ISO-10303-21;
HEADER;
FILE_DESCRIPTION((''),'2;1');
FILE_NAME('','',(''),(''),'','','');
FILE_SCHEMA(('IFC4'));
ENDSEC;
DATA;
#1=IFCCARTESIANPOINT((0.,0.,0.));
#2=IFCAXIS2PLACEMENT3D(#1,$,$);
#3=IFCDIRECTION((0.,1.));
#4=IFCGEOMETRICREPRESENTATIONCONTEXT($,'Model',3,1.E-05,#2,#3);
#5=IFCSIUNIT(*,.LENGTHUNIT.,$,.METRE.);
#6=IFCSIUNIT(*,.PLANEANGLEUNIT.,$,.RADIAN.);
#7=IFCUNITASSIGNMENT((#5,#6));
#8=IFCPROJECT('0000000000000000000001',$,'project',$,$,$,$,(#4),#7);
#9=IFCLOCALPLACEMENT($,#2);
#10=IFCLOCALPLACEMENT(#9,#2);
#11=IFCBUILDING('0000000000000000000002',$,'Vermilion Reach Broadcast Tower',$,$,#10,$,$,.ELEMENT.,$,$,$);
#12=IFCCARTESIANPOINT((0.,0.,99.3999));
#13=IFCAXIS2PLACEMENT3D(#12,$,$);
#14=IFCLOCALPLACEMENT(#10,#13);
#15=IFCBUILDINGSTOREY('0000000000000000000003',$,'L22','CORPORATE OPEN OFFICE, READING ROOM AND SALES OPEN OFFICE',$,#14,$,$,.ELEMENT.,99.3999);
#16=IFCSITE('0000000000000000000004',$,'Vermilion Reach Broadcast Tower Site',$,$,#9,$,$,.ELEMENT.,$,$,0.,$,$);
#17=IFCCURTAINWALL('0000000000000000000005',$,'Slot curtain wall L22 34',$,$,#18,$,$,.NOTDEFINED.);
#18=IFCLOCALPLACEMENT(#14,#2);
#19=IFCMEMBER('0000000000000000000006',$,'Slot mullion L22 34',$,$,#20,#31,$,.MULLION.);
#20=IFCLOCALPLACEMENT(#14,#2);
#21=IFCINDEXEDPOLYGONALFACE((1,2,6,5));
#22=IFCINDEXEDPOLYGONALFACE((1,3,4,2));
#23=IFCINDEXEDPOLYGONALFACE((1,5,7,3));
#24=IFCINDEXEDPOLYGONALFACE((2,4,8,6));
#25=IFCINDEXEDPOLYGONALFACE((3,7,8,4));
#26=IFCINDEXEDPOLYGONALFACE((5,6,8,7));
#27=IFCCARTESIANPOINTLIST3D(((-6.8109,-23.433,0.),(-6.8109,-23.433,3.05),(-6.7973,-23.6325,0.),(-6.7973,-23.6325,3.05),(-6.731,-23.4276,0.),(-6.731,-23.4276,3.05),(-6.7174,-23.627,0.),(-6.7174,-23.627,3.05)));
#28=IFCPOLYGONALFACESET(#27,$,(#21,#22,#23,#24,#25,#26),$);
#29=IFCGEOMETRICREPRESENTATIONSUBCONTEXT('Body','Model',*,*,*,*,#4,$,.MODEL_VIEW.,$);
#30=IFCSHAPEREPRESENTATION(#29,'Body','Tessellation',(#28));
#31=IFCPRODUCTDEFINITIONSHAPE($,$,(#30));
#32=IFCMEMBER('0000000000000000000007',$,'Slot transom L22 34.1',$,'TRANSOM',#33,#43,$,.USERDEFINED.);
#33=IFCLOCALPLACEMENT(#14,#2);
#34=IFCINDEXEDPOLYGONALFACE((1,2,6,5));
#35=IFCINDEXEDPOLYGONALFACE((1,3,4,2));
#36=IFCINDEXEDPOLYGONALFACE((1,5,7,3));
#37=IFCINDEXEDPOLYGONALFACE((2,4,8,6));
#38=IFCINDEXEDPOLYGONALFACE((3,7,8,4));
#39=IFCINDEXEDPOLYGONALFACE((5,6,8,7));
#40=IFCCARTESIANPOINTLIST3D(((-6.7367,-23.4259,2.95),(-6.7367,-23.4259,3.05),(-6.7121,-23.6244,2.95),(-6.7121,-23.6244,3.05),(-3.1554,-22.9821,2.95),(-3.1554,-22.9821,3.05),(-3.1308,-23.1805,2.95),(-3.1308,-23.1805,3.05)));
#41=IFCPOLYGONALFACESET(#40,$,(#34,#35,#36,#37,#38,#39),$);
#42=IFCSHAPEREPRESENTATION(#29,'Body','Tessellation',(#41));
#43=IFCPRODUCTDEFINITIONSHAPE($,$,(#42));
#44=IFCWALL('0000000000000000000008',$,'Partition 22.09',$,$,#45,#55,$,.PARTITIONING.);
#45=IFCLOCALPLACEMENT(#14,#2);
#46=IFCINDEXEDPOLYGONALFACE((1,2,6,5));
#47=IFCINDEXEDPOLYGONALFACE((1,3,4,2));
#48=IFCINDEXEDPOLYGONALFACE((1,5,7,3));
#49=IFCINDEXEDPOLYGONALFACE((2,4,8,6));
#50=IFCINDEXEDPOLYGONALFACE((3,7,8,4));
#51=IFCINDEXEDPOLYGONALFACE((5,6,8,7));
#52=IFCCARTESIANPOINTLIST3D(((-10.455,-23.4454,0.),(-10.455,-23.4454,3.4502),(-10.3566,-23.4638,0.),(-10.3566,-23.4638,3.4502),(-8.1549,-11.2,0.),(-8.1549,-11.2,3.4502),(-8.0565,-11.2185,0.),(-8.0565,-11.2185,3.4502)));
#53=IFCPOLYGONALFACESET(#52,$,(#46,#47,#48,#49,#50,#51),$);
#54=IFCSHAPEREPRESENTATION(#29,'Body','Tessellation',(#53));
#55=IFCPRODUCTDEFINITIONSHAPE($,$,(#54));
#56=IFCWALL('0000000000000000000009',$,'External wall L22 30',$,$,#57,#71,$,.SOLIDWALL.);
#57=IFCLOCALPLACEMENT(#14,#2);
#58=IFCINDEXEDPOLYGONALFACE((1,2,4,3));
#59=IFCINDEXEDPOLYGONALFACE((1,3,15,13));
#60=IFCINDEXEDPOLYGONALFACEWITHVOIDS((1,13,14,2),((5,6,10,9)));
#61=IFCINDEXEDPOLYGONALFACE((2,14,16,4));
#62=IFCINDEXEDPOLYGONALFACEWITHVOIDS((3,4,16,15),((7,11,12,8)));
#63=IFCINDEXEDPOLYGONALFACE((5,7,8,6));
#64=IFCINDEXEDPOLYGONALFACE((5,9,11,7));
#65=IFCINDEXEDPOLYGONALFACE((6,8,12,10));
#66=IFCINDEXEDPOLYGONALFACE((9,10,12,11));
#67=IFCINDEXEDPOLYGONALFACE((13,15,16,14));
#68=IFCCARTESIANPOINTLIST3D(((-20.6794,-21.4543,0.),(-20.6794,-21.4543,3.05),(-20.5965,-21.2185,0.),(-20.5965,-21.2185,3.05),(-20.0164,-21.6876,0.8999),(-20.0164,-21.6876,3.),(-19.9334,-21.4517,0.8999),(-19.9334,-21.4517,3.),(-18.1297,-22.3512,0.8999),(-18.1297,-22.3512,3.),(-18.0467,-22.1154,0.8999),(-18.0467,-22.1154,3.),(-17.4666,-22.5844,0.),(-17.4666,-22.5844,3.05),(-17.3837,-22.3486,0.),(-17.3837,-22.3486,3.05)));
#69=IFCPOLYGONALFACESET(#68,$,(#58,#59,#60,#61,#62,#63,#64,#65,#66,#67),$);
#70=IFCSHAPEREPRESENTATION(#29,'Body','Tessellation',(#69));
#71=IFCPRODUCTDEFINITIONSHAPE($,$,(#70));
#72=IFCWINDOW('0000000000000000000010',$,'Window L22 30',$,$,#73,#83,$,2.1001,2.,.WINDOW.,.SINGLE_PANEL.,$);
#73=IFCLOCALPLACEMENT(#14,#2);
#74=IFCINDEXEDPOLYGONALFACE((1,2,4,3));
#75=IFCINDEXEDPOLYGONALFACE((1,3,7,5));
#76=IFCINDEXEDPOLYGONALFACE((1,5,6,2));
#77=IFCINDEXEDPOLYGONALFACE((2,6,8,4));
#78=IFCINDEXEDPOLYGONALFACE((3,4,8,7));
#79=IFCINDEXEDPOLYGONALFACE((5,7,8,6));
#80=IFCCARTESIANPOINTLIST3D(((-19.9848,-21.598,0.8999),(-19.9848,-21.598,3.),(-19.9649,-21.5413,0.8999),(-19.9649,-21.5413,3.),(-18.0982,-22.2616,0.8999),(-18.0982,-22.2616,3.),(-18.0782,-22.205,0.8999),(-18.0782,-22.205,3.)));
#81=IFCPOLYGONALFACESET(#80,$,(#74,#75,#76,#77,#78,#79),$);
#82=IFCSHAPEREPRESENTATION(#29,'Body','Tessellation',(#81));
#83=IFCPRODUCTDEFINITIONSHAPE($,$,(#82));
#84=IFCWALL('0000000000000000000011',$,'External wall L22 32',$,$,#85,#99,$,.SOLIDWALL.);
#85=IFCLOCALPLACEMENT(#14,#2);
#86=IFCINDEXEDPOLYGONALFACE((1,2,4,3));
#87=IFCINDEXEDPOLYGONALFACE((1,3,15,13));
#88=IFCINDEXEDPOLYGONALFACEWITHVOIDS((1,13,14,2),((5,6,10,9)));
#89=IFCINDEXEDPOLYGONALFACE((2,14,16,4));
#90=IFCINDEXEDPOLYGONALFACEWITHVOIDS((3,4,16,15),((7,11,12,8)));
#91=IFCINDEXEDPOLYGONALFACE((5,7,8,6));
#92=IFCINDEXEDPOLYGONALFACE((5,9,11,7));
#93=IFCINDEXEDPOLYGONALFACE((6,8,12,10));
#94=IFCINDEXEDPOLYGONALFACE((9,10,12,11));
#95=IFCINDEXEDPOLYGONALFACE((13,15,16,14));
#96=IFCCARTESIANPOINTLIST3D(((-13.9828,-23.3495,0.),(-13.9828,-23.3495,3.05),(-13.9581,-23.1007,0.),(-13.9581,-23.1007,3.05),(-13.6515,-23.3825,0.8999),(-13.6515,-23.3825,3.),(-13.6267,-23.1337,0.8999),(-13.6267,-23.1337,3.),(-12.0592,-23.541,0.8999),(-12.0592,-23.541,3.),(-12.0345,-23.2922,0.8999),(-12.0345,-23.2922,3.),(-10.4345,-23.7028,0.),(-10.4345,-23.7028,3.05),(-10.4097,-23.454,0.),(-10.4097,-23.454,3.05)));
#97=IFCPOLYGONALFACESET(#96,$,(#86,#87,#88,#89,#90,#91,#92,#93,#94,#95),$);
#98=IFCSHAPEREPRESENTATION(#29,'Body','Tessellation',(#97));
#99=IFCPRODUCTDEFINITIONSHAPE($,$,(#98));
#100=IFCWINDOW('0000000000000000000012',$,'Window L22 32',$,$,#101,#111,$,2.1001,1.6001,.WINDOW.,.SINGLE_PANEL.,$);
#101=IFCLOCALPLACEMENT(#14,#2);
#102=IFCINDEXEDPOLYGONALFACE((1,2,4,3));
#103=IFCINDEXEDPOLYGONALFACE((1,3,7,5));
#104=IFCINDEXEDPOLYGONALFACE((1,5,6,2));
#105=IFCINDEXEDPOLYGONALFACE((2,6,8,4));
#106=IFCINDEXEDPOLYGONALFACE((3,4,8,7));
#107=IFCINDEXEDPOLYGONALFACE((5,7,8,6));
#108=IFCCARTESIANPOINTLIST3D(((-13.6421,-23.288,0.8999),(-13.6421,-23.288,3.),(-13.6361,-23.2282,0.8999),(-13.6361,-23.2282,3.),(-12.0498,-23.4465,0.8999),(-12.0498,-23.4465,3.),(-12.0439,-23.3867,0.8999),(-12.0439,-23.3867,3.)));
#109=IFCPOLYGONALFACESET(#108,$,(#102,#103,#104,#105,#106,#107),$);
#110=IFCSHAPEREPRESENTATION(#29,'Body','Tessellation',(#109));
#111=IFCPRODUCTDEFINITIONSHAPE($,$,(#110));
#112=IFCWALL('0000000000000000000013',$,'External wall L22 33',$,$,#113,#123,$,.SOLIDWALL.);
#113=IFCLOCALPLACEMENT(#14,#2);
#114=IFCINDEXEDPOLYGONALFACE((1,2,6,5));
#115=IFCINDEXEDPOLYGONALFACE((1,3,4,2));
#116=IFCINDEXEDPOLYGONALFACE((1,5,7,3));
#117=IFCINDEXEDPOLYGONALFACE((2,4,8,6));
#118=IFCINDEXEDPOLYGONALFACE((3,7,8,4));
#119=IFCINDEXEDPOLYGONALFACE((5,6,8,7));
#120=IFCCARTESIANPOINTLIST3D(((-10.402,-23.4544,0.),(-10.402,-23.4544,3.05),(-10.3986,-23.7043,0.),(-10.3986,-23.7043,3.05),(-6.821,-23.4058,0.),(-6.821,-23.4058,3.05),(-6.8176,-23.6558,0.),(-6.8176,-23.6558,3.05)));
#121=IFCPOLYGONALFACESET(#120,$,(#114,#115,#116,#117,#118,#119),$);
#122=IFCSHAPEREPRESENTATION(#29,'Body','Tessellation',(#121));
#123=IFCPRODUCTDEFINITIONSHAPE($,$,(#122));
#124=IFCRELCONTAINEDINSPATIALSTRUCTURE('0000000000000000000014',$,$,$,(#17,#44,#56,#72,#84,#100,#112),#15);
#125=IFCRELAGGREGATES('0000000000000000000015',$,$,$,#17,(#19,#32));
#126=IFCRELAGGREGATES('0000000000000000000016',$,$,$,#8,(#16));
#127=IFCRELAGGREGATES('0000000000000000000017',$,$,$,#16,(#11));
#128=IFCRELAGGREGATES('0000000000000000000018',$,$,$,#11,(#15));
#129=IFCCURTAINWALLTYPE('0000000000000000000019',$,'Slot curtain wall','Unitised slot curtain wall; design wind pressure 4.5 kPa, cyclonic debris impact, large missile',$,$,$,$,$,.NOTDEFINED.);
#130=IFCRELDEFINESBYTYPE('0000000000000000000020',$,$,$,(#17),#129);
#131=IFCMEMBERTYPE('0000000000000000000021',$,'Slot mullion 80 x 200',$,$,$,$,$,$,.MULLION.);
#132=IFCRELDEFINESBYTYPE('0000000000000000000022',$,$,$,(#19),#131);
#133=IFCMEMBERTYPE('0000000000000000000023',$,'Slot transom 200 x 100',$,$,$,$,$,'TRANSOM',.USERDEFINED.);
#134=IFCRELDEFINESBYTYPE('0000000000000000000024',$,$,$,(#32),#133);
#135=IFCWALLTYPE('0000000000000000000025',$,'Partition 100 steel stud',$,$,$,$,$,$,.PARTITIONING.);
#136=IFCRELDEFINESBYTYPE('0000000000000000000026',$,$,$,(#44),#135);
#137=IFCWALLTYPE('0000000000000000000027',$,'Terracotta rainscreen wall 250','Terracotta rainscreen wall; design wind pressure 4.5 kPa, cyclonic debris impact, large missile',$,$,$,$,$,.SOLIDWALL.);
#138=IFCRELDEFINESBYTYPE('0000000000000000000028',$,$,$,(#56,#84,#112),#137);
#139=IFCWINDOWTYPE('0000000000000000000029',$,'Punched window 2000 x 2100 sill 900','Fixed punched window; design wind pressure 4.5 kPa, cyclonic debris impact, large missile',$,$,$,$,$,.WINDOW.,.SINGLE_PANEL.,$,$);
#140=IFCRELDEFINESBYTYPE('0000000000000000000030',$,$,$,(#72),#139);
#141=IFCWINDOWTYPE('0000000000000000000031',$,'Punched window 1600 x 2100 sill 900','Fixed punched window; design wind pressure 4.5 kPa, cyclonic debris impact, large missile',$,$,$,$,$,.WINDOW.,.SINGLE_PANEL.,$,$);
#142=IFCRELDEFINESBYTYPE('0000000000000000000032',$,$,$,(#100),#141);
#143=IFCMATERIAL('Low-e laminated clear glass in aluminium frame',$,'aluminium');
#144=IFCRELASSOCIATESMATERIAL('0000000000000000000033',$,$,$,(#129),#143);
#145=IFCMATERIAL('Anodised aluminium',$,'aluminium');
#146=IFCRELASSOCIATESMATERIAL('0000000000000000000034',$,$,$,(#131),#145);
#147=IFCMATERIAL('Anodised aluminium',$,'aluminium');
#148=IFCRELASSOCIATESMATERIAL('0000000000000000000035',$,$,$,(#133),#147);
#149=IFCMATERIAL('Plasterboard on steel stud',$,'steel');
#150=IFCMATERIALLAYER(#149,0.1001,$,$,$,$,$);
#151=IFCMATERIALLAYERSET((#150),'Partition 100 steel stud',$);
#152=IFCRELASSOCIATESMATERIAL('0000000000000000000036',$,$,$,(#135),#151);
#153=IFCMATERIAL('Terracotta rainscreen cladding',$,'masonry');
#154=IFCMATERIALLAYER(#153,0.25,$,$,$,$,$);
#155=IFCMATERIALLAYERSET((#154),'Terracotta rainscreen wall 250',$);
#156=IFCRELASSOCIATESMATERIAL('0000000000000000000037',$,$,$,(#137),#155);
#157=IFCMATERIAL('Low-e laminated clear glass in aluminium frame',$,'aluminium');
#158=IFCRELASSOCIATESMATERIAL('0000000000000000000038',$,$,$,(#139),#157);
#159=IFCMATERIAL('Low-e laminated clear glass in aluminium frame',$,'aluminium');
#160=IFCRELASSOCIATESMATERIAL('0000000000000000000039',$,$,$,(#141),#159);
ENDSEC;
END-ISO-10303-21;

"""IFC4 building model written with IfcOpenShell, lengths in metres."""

from ifc_helpers import new_model, si_unit, direction, frame, frame_2d, origin, origin_2d, place, context, subcontext, project, spatial, rectangle, extrude, material, layer, layer_set, material_profile, profile_set, type_object, element, fill, aggregate, save


model = new_model("IFC4")

# Units and contexts
model_context = context("Model", 3, precision=1e-05, world=origin(), true_north=direction((0.0, 1.0)))
body_context = subcontext(model_context, "Body", "Model", "MODEL_VIEW")
ifc_project = project(units=[si_unit("LENGTHUNIT", "METRE"), si_unit("PLANEANGLEUNIT", "RADIAN")], contexts=[model_context])

# Site, building, storey
site_placement = place(None, origin())
site = spatial("IfcSite", under=ifc_project, at=site_placement, Name="Vermilion Reach Broadcast Tower Site", CompositionType="ELEMENT", RefElevation=0.0)
building_placement = place(site_placement, origin())
building = spatial("IfcBuilding", under=site, at=building_placement, Name="Vermilion Reach Broadcast Tower", CompositionType="ELEMENT")
storey_placement = place(building_placement, frame((0.0, 0.0, 99.3999)))
storey = spatial("IfcBuildingStorey", under=building, at=storey_placement, Name="L22", Description="CORPORATE OPEN OFFICE, READING ROOM AND SALES OPEN OFFICE", CompositionType="ELEMENT", Elevation=99.3999)

# Curtain wall, members
ifc_material_1 = material(Name="Low-e laminated clear glass in aluminium frame", Category="aluminium")
curtain_wall_type = type_object("IfcCurtainWallType", Name="Slot curtain wall", Description="Unitised slot curtain wall; design wind pressure 4.5 kPa, cyclonic debris impact, large missile", PredefinedType="NOTDEFINED", material=ifc_material_1)
curtain_wall_placement = place(storey_placement, origin())
curtain_wall = element("IfcCurtainWall", 1, at=curtain_wall_placement, inside=storey, type_object=curtain_wall_type, Name="Slot curtain wall L22 34", PredefinedType="NOTDEFINED")
ifc_material_2 = material(Name="Anodised aluminium", Category="aluminium")
ifc_material_profile_1 = material_profile(ifc_material_2, rectangle(XDim=0.2, YDim=0.0801, at=origin_2d()), Name="Slot mullion 80 x 200")
ifc_profile_set_1 = profile_set([ifc_material_profile_1], Name="Anodised aluminium")
member_type_1 = type_object("IfcMemberType", Name="Slot mullion 80 x 200", PredefinedType="MULLION", material=ifc_profile_set_1)
member_1_placement = place(storey_placement, frame((-6.7642, -23.53, 0.0), z_axis=(0.0, 0.0, 1.0), x_axis=(-0.068346, 0.997662, 0.0)))
member_1 = element("IfcMember", 2, at=member_1_placement, type_object=member_type_1, Name="Slot mullion L22 34", PredefinedType="MULLION", context=body_context, shape_type="SweptSolid", body=[
    extrude(rectangle(XDim=0.2, YDim=0.0801, at=origin_2d()), origin(), (0.0, 0.0, 1.0), 3.05),
])
ifc_material_3 = material(Name="Anodised aluminium", Category="aluminium")
ifc_material_profile_2 = material_profile(ifc_material_3, rectangle(XDim=0.2, YDim=0.1001, at=origin_2d()), Name="Slot transom 200 x 100")
ifc_profile_set_2 = profile_set([ifc_material_profile_2], Name="Anodised aluminium")
member_type_2 = type_object("IfcMemberType", Name="Slot transom 200 x 100", ElementType="TRANSOM", PredefinedType="USERDEFINED", material=ifc_profile_set_2)
member_2_placement = place(storey_placement, frame((-6.7244, -23.5251, 3.0), z_axis=(0.992407, 0.122994, 0.0), x_axis=(-0.122994, 0.992407, 0.0)))
member_2 = element("IfcMember", 3, at=member_2_placement, type_object=member_type_2, Name="Slot transom L22 34.1", ObjectType="TRANSOM", PredefinedType="USERDEFINED", context=body_context, shape_type="SweptSolid", body=[
    extrude(rectangle(XDim=0.2, YDim=0.1001, at=origin_2d()), origin(), (0.0, 0.0, 1.0), 3.6086),
])
aggregate(curtain_wall, [member_1, member_2])

# Wall
ifc_material_4 = material(Name="Plasterboard on steel stud", Category="steel")
ifc_layer_1 = layer(ifc_material_4, 0.1001)
ifc_layer_set_1 = layer_set([ifc_layer_1], Name="Partition 100 steel stud")
wall_type_1 = type_object("IfcWallType", Name="Partition 100 steel stud", PredefinedType="PARTITIONING", material=ifc_layer_set_1)
wall_1_placement = place(storey_placement, frame((-10.4058, -23.4546, 0.0), z_axis=(0.0, 0.0, 1.0), x_axis=(0.184602, 0.982813, 0.0)))
element("IfcWall", 4, at=wall_1_placement, inside=storey, type_object=wall_type_1, Name="Partition 22.09", PredefinedType="PARTITIONING", context=body_context, shape_type="SweptSolid", body=[
    extrude(rectangle(XDim=12.4595, YDim=0.1001, at=frame_2d((6.2297, 0.0))), origin(), (0.0, 0.0, 1.0), 3.4502),
])

# Wall, opening, window
ifc_material_5 = material(Name="Terracotta rainscreen cladding", Category="masonry")
ifc_layer_2 = layer(ifc_material_5, 0.25)
ifc_layer_set_2 = layer_set([ifc_layer_2], Name="Terracotta rainscreen wall 250")
wall_type_2 = type_object("IfcWallType", Name="Terracotta rainscreen wall 250", Description="Terracotta rainscreen wall; design wind pressure 4.5 kPa, cyclonic debris impact, large missile", PredefinedType="SOLIDWALL", material=ifc_layer_set_2)
wall_2_placement = place(storey_placement, frame((-20.6379, -21.3364, 0.0), z_axis=(0.0, 0.0, 1.0), x_axis=(0.943343, -0.331819, 0.0)))
wall_2 = element("IfcWall", 5, at=wall_2_placement, inside=storey, type_object=wall_type_2, Name="External wall L22 30", PredefinedType="SOLIDWALL", context=body_context, shape_type="SweptSolid", body=[
    extrude(rectangle(XDim=3.4058, YDim=0.25, at=frame_2d((1.7029, 0.0))), origin(), (0.0, 0.0, 1.0), 3.05),
])
opening_1_placement = place(wall_2_placement, frame((0.7029, 0.0, 0.8999)))
opening_1 = element("IfcOpeningElement", 6, at=opening_1_placement, cuts=wall_2, PredefinedType="OPENING", context=body_context, shape_type="SweptSolid", body=[
    extrude(rectangle(XDim=2.0, YDim=2.1001, at=frame_2d((1.0, 1.05))), frame((0.0, 0.135, 0.0), z_axis=(0.0, -1.0, 0.0), x_axis=(1.0, 0.0, 0.0)), (0.0, 0.0, 1.0), 0.27),
])
ifc_material_6 = material(Name="Low-e laminated clear glass in aluminium frame", Category="aluminium")
window_type_1 = type_object("IfcWindowType", Name="Punched window 2000 x 2100 sill 900", Description="Fixed punched window; design wind pressure 4.5 kPa, cyclonic debris impact, large missile", PartitioningType="SINGLE_PANEL", PredefinedType="WINDOW", material=ifc_material_6)
window_1_placement = place(opening_1_placement, origin())
window_1 = element("IfcWindow", 7, at=window_1_placement, inside=storey, type_object=window_type_1, Name="Window L22 30", OverallHeight=2.1001, OverallWidth=2.0, PartitioningType="SINGLE_PANEL", PredefinedType="WINDOW", context=body_context, shape_type="SweptSolid", body=[
    extrude(rectangle(XDim=2.0, YDim=2.1001, at=frame_2d((1.0, 1.05))), frame((0.0, 0.03, 0.0), z_axis=(0.0, -1.0, 0.0), x_axis=(1.0, 0.0, 0.0)), (0.0, 0.0, 1.0), 0.0601),
])
fill(opening_1, window_1)

# Wall, opening, window
wall_3_placement = place(storey_placement, frame((-13.9705, -23.2251, 0.0), z_axis=(0.0, 0.0, 1.0), x_axis=(0.99508, -0.09907, 0.0)))
wall_3 = element("IfcWall", 8, at=wall_3_placement, inside=storey, type_object=wall_type_2, Name="External wall L22 32", PredefinedType="SOLIDWALL", context=body_context, shape_type="SweptSolid", body=[
    extrude(rectangle(XDim=3.5659, YDim=0.25, at=frame_2d((1.783, 0.0))), origin(), (0.0, 0.0, 1.0), 3.05),
])
opening_2_placement = place(wall_3_placement, frame((0.333, 0.0, 0.8999)))
opening_2 = element("IfcOpeningElement", 9, at=opening_2_placement, cuts=wall_3, PredefinedType="OPENING", context=body_context, shape_type="SweptSolid", body=[
    extrude(rectangle(XDim=1.6001, YDim=2.1001, at=frame_2d((0.8, 1.05))), frame((0.0, 0.135, 0.0), z_axis=(0.0, -1.0, 0.0), x_axis=(1.0, 0.0, 0.0)), (0.0, 0.0, 1.0), 0.27),
])
ifc_material_7 = material(Name="Low-e laminated clear glass in aluminium frame", Category="aluminium")
window_type_2 = type_object("IfcWindowType", Name="Punched window 1600 x 2100 sill 900", Description="Fixed punched window; design wind pressure 4.5 kPa, cyclonic debris impact, large missile", PartitioningType="SINGLE_PANEL", PredefinedType="WINDOW", material=ifc_material_7)
window_2_placement = place(opening_2_placement, origin())
window_2 = element("IfcWindow", 10, at=window_2_placement, inside=storey, type_object=window_type_2, Name="Window L22 32", OverallHeight=2.1001, OverallWidth=1.6001, PartitioningType="SINGLE_PANEL", PredefinedType="WINDOW", context=body_context, shape_type="SweptSolid", body=[
    extrude(rectangle(XDim=1.6001, YDim=2.1001, at=frame_2d((0.8, 1.05))), frame((0.0, 0.03, 0.0), z_axis=(0.0, -1.0, 0.0), x_axis=(1.0, 0.0, 0.0)), (0.0, 0.0, 1.0), 0.0601),
])
fill(opening_2, window_2)

# Wall
wall_4_placement = place(storey_placement, frame((-10.4001, -23.5793, 0.0), z_axis=(0.0, 0.0, 1.0), x_axis=(0.999908, 0.013566, 0.0)))
element("IfcWall", 11, at=wall_4_placement, inside=storey, type_object=wall_type_2, Name="External wall L22 33", PredefinedType="SOLIDWALL", context=body_context, shape_type="SweptSolid", body=[
    extrude(rectangle(XDim=3.5813, YDim=0.25, at=frame_2d((1.7905, 0.0))), origin(), (0.0, 0.0, 1.0), 3.05),
])

save(model, "model.ifc")
